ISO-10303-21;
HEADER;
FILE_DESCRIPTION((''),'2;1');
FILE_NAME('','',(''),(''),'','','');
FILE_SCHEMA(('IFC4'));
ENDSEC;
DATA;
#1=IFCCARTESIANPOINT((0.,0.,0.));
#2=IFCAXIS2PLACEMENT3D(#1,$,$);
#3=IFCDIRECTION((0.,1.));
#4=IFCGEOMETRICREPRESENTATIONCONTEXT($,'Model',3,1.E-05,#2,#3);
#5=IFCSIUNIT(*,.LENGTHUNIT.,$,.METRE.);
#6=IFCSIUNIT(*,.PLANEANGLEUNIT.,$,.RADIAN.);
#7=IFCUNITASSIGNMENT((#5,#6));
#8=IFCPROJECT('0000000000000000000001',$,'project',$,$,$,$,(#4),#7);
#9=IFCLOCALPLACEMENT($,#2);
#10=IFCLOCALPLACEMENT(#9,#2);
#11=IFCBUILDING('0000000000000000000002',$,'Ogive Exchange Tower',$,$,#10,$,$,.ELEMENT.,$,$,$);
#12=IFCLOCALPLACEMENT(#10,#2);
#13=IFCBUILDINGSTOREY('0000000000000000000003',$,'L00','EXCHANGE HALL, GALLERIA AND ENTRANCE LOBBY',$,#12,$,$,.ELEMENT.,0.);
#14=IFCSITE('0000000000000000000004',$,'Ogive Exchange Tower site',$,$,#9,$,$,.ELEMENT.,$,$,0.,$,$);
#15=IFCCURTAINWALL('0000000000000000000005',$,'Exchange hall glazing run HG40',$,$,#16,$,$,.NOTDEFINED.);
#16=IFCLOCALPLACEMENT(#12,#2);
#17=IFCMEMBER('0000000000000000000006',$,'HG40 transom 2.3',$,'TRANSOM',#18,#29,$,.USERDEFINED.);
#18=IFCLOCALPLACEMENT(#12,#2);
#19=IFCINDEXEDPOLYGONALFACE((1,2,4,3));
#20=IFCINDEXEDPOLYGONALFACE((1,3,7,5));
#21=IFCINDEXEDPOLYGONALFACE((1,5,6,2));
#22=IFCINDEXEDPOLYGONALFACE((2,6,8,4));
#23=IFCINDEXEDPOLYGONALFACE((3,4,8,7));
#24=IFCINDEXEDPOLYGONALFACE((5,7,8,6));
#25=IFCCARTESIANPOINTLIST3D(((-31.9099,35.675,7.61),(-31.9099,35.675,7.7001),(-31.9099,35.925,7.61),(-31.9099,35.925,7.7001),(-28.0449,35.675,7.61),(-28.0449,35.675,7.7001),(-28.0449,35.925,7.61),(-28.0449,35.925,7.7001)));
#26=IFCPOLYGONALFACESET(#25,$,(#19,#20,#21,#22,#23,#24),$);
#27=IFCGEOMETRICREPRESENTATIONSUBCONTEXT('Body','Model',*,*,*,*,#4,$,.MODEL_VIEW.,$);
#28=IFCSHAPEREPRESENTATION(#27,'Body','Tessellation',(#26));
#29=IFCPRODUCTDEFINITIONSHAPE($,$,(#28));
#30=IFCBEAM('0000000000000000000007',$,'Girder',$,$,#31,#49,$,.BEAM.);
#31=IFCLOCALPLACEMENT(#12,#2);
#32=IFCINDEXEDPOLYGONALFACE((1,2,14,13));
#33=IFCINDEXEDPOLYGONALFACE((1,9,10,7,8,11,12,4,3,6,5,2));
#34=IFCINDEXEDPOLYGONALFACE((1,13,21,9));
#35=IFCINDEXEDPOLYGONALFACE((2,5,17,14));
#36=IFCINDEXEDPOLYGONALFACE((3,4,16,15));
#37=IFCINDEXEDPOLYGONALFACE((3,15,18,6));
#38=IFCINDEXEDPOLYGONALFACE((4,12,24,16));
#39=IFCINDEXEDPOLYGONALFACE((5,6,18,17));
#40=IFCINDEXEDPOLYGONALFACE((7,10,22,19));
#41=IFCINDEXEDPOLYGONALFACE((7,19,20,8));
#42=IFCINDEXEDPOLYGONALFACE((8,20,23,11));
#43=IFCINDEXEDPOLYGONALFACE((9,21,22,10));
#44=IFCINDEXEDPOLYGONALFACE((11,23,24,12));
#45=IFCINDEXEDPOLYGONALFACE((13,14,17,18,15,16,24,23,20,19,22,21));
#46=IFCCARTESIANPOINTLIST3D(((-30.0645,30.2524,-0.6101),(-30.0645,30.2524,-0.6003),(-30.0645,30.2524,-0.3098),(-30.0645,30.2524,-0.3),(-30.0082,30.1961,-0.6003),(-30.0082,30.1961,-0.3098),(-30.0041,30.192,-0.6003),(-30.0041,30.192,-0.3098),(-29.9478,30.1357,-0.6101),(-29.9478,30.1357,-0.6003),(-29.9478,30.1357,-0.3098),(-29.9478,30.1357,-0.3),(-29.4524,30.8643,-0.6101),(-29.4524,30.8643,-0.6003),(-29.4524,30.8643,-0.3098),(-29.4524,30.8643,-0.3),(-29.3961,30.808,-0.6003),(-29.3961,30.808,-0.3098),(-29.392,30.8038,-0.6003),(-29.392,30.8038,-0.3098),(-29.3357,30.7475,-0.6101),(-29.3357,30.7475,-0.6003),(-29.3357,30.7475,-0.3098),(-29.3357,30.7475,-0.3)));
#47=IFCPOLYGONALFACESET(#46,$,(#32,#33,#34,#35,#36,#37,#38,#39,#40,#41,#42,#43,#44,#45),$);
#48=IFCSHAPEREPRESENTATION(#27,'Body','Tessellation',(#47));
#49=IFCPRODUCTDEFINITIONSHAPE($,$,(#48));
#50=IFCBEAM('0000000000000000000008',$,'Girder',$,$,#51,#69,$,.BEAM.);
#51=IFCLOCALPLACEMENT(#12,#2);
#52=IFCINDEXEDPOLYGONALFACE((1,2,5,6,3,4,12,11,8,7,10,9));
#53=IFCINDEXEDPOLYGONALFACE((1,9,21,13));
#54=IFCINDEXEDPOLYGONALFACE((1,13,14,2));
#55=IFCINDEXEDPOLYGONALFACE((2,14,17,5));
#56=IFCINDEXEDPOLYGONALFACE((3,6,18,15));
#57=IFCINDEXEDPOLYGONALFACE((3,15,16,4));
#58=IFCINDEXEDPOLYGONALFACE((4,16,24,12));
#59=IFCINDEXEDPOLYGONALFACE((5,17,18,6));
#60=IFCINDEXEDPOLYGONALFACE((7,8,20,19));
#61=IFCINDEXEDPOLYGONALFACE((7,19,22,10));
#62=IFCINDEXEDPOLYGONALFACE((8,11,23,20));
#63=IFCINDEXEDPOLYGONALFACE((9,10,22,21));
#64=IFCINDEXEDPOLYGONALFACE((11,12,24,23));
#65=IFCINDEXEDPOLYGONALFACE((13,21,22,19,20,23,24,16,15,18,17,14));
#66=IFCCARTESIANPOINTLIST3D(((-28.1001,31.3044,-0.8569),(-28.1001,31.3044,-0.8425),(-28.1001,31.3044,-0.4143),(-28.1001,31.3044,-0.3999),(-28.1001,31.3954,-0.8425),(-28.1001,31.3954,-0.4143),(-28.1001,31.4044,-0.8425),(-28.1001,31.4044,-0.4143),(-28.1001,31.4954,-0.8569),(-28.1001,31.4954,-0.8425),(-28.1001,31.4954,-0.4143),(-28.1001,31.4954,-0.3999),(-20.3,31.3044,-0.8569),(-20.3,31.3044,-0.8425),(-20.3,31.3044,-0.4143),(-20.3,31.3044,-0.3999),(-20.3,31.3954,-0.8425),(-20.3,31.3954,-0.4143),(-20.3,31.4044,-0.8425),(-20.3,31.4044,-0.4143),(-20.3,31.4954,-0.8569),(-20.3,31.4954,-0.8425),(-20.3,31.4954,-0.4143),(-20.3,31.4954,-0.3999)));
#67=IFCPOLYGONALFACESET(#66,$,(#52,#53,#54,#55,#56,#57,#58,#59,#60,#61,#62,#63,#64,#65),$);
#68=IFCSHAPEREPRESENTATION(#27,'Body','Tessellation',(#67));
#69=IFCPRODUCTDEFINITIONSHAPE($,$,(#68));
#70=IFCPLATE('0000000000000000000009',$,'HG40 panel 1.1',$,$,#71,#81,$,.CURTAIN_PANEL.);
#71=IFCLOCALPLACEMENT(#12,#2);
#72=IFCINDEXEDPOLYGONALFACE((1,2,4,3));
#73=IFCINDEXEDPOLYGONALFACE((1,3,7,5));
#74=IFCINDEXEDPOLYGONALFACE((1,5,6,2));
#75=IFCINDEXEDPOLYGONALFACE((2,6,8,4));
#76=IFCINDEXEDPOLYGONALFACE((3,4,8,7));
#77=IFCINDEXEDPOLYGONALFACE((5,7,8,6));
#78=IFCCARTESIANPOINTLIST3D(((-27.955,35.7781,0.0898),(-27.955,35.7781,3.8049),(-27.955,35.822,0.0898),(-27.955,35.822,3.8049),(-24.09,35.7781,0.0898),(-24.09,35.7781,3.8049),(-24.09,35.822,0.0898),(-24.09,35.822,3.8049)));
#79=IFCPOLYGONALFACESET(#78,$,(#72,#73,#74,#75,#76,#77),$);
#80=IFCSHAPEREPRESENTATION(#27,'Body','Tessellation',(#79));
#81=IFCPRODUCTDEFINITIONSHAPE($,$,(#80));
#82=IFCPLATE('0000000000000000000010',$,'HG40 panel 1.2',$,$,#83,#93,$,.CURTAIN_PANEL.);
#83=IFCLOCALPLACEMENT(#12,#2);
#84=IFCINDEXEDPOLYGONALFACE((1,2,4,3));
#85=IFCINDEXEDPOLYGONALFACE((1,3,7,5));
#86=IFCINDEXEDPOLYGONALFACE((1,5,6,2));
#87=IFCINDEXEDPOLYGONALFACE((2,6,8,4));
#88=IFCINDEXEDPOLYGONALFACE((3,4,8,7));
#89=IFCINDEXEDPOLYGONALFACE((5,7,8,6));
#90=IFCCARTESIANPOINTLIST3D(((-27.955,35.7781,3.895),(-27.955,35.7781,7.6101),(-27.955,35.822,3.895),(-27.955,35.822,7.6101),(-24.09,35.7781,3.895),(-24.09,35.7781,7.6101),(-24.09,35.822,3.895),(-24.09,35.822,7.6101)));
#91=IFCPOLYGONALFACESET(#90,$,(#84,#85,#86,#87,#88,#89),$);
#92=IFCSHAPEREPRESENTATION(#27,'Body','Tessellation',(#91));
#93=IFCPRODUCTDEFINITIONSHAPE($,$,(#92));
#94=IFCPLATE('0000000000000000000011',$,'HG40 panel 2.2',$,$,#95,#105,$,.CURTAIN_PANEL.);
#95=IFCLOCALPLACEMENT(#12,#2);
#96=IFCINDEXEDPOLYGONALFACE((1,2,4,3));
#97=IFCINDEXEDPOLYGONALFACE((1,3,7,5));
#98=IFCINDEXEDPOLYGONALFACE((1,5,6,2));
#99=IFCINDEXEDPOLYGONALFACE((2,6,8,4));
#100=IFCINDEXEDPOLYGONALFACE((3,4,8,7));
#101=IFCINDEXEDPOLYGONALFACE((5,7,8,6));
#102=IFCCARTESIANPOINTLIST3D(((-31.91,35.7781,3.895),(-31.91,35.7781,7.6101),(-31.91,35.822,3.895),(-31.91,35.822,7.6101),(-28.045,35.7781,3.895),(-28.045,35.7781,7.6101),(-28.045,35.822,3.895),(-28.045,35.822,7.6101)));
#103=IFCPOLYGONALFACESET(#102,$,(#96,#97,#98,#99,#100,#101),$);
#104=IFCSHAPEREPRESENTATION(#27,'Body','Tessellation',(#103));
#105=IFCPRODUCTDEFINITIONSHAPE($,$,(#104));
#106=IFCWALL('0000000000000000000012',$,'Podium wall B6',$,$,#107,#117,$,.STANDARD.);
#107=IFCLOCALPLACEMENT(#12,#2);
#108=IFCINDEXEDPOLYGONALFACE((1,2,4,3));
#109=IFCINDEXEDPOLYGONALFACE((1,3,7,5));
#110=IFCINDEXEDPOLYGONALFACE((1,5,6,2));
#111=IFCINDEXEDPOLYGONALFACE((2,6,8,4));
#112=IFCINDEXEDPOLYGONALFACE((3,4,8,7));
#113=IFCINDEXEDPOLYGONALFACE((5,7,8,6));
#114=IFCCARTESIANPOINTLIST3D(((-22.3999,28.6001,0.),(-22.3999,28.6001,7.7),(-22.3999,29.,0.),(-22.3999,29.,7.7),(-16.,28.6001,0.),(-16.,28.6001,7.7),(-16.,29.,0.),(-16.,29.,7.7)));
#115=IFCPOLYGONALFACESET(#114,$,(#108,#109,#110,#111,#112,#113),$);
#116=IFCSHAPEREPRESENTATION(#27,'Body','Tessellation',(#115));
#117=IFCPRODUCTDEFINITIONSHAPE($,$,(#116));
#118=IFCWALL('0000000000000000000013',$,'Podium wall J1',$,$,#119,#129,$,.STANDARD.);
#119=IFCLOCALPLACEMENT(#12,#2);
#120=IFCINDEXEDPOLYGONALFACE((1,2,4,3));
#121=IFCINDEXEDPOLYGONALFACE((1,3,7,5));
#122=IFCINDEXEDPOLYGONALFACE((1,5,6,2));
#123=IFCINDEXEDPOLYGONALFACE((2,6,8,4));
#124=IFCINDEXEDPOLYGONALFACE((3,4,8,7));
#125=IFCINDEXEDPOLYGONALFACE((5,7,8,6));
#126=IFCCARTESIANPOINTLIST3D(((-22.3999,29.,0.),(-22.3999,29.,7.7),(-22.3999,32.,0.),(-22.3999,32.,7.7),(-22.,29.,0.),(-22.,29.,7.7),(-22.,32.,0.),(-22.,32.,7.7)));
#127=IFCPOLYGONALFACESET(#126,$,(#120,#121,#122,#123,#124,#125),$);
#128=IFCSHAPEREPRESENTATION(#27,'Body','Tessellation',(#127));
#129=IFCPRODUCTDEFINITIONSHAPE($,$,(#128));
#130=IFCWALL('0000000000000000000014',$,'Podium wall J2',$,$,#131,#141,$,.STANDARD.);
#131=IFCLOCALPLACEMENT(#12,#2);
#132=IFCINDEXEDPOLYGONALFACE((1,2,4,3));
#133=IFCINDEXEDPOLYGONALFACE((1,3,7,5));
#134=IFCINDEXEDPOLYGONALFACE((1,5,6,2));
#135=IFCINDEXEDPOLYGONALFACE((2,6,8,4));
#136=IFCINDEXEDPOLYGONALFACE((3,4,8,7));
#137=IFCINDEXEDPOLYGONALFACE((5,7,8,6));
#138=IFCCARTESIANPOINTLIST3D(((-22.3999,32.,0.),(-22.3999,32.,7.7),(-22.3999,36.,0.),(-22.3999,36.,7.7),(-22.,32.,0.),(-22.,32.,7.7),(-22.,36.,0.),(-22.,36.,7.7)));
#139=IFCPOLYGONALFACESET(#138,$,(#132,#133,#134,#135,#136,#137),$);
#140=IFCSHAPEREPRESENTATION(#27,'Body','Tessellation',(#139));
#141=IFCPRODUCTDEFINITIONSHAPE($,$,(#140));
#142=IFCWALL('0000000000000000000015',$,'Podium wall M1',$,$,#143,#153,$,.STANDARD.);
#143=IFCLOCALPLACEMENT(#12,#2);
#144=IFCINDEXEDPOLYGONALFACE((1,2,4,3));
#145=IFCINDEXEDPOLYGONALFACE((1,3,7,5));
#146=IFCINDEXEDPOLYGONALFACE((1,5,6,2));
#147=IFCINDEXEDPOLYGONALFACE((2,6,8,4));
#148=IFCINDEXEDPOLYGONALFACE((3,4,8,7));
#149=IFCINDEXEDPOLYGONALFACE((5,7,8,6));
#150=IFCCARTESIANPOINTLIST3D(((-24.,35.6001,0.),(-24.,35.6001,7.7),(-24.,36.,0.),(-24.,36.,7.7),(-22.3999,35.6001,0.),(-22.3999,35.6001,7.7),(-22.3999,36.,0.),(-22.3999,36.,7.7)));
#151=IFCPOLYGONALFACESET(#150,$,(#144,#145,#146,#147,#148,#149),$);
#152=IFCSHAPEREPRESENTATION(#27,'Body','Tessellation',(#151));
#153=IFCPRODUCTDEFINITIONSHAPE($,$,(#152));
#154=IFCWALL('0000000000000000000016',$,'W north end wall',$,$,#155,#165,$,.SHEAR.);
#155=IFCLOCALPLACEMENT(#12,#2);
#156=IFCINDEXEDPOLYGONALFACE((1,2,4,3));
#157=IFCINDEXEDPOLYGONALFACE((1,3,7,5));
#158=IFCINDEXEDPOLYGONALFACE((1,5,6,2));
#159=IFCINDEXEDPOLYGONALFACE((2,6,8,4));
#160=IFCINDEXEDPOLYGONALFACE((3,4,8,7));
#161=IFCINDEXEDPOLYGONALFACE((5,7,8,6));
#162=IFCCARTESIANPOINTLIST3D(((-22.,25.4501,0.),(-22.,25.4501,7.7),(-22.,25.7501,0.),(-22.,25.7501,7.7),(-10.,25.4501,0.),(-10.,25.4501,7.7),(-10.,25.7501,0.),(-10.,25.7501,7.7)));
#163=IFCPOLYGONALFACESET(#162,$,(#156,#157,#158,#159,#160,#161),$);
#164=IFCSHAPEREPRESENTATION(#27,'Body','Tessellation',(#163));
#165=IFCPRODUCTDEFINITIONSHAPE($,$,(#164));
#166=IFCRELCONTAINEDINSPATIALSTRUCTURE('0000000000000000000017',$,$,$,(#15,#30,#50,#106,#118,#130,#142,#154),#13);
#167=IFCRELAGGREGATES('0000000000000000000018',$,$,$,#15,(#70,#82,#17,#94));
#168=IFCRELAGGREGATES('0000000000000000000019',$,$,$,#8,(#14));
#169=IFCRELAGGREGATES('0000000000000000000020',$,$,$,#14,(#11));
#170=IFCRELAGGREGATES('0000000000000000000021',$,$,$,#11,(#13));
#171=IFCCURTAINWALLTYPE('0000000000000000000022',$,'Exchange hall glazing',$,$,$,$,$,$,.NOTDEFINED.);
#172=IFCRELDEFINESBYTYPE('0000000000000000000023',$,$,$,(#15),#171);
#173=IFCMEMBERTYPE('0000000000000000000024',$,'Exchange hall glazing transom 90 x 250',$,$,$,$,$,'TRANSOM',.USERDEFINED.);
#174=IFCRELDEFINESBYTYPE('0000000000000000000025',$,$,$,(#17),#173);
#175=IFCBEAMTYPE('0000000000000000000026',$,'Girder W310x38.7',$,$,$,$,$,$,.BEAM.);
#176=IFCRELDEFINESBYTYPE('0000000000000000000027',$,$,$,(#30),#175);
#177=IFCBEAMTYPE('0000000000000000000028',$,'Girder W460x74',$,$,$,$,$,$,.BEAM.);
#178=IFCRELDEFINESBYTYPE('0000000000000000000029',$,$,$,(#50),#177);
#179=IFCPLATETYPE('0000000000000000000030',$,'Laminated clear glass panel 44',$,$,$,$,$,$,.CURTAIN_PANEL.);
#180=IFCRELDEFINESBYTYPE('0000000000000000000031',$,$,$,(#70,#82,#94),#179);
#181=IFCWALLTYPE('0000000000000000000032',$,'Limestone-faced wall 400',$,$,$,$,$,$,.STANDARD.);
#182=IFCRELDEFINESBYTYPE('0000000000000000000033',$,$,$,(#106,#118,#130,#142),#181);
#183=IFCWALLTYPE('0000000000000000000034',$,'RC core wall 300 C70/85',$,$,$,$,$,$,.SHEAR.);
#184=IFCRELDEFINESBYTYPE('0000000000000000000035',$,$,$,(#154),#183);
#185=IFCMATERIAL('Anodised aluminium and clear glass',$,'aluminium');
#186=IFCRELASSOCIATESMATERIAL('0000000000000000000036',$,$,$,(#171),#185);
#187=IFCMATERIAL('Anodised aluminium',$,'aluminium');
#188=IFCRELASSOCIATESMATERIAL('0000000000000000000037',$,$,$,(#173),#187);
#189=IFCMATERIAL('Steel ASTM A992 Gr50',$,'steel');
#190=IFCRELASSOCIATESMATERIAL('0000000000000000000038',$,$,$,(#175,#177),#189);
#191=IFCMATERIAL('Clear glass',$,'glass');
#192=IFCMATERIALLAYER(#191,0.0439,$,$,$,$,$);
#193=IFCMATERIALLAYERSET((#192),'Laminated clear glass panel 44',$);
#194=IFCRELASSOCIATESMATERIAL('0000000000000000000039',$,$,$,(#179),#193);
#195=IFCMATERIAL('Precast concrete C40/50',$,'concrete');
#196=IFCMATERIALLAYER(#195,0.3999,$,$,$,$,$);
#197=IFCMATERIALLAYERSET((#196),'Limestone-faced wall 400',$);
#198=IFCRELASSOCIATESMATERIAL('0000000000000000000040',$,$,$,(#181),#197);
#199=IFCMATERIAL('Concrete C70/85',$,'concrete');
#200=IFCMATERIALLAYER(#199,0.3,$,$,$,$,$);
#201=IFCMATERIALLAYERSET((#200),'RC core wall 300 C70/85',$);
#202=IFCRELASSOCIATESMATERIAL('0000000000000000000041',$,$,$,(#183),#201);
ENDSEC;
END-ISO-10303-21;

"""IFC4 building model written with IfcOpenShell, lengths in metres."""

from ifc_helpers import new_model, si_unit, direction, frame, frame_2d, origin, origin_2d, place, context, subcontext, project, spatial, rectangle, i_section, extrude, material, layer, layer_set, material_profile, profile_set, type_object, element, aggregate, save


model = new_model("IFC4")

# Units and contexts
model_context = context("Model", 3, precision=1e-05, world=origin(), true_north=direction((0.0, 1.0)))
body_context = subcontext(model_context, "Body", "Model", "MODEL_VIEW")
ifc_project = project(units=[si_unit("LENGTHUNIT", "METRE"), si_unit("PLANEANGLEUNIT", "RADIAN")], contexts=[model_context])

# Site, building, storey
site_placement = place(None, origin())
site = spatial("IfcSite", under=ifc_project, at=site_placement, Name="Ogive Exchange Tower site", CompositionType="ELEMENT", RefElevation=0.0)
building_placement = place(site_placement, origin())
building = spatial("IfcBuilding", under=site, at=building_placement, Name="Ogive Exchange Tower", CompositionType="ELEMENT")
storey_placement = place(building_placement, origin())
storey = spatial("IfcBuildingStorey", under=building, at=storey_placement, Name="L00", Description="EXCHANGE HALL, GALLERIA AND ENTRANCE LOBBY", CompositionType="ELEMENT", Elevation=0.0)

# Shared definitions
ifc_material_1 = material(Name="Concrete C70/85", Category="concrete")

# Shared definitions
ifc_material_2 = material(Name="Anodised aluminium and clear glass", Category="aluminium")
curtain_wall_type = type_object("IfcCurtainWallType", Name="Exchange hall glazing", PredefinedType="NOTDEFINED", material=ifc_material_2)
ifc_material_3 = material(Name="Anodised aluminium", Category="aluminium")

# Curtain wall, member
curtain_wall_1_placement = place(storey_placement, origin())
curtain_wall_1 = element("IfcCurtainWall", 1, at=curtain_wall_1_placement, inside=storey, type_object=curtain_wall_type, Name="Exchange hall glazing run HG40", PredefinedType="NOTDEFINED")
ifc_material_profile_1 = material_profile(ifc_material_3, rectangle(XDim=0.25, YDim=0.0901, at=origin_2d()), Name="AL 90x250")
ifc_profile_set_1 = profile_set([ifc_material_profile_1], Name="Anodised aluminium")
member_type_1 = type_object("IfcMemberType", Name="Exchange hall glazing transom 90 x 250", ElementType="TRANSOM", PredefinedType="USERDEFINED", material=ifc_profile_set_1)
member_1_placement = place(storey_placement, frame((-28.0449, 35.8, 7.655), z_axis=(-1.0, 0.0, 0.0), x_axis=(0.0, -1.0, 0.0)))
member_1 = element("IfcMember", 2, at=member_1_placement, type_object=member_type_1, Name="HG40 transom 2.3", ObjectType="TRANSOM", PredefinedType="USERDEFINED", context=body_context, shape_type="SweptSolid", body=[
    extrude(rectangle(XDim=0.25, YDim=0.0901, at=origin_2d()), origin(), (0.0, 0.0, 1.0), 3.865),
])

# Beams
ifc_material_4 = material(Name="Steel ASTM A992 Gr50", Category="steel")
ifc_material_profile_2 = material_profile(ifc_material_4, i_section(OverallWidth=0.165, OverallDepth=0.3101, WebThickness=0.0059, FlangeThickness=0.0098, at=origin_2d()), Name="W310x38.7")
ifc_profile_set_2 = profile_set([ifc_material_profile_2], Name="Steel ASTM A992 Gr50")
beam_type_1 = type_object("IfcBeamType", Name="Girder W310x38.7", PredefinedType="BEAM", material=ifc_profile_set_2)
beam_1_placement = place(storey_placement, frame((-29.394, 30.8059, -0.4551), z_axis=(-0.707248, -0.706966, 0.0), x_axis=(0.706966, -0.707248, 0.0)))
element("IfcBeam", 3, at=beam_1_placement, inside=storey, type_object=beam_type_1, Name="Girder", PredefinedType="BEAM", context=body_context, shape_type="SweptSolid", body=[
    extrude(i_section(OverallWidth=0.165, OverallDepth=0.3101, WebThickness=0.0059, FlangeThickness=0.0098, at=origin_2d()), origin(), (0.0, 0.0, 1.0), 0.8655),
])
ifc_material_profile_3 = material_profile(ifc_material_4, i_section(OverallWidth=0.1909, OverallDepth=0.457, WebThickness=0.009, FlangeThickness=0.0144, at=origin_2d()), Name="W460x74")
ifc_profile_set_3 = profile_set([ifc_material_profile_3], Name="Steel ASTM A992 Gr50")
beam_type_2 = type_object("IfcBeamType", Name="Girder W460x74", PredefinedType="BEAM", material=ifc_profile_set_3)
beam_2_placement = place(storey_placement, frame((-20.3, 31.3999, -0.6284), z_axis=(-1.0, 0.0, 0.0), x_axis=(0.0, -1.0, 0.0)))
element("IfcBeam", 4, at=beam_2_placement, inside=storey, type_object=beam_type_2, Name="Girder", PredefinedType="BEAM", context=body_context, shape_type="SweptSolid", body=[
    extrude(i_section(OverallWidth=0.1909, OverallDepth=0.457, WebThickness=0.009, FlangeThickness=0.0144, at=origin_2d()), origin(), (0.0, 0.0, 1.0), 7.8),
])

# Plates
ifc_material_5 = material(Name="Clear glass", Category="glass")
ifc_layer_1 = layer(ifc_material_5, 0.0439)
ifc_layer_set_1 = layer_set([ifc_layer_1], Name="Laminated clear glass panel 44")
plate_type = type_object("IfcPlateType", Name="Laminated clear glass panel 44", PredefinedType="CURTAIN_PANEL", material=ifc_layer_set_1)
plate_1_placement = place(storey_placement, frame((-26.0225, 35.8, 0.0898), z_axis=(0.0, 0.0, 1.0), x_axis=(-1.0, 0.0, 0.0)))
plate_1 = element("IfcPlate", 5, at=plate_1_placement, type_object=plate_type, Name="HG40 panel 1.1", PredefinedType="CURTAIN_PANEL", context=body_context, shape_type="SweptSolid", body=[
    extrude(rectangle(XDim=3.865, YDim=0.0439, at=origin_2d()), origin(), (0.0, 0.0, 1.0), 3.7151),
])
plate_2_placement = place(storey_placement, frame((-26.0225, 35.8, 3.895), z_axis=(0.0, 0.0, 1.0), x_axis=(-1.0, 0.0, 0.0)))
plate_2 = element("IfcPlate", 6, at=plate_2_placement, type_object=plate_type, Name="HG40 panel 1.2", PredefinedType="CURTAIN_PANEL", context=body_context, shape_type="SweptSolid", body=[
    extrude(rectangle(XDim=3.865, YDim=0.0439, at=origin_2d()), origin(), (0.0, 0.0, 1.0), 3.7151),
])
plate_3_placement = place(storey_placement, frame((-29.9775, 35.8, 3.895), z_axis=(0.0, 0.0, 1.0), x_axis=(-1.0, 0.0, 0.0)))
plate_3 = element("IfcPlate", 7, at=plate_3_placement, type_object=plate_type, Name="HG40 panel 2.2", PredefinedType="CURTAIN_PANEL", context=body_context, shape_type="SweptSolid", body=[
    extrude(rectangle(XDim=3.865, YDim=0.0439, at=origin_2d()), origin(), (0.0, 0.0, 1.0), 3.7151),
])
aggregate(curtain_wall_1, [plate_1, plate_2, member_1, plate_3])

# Walls
ifc_material_6 = material(Name="Precast concrete C40/50", Category="concrete")
ifc_layer_2 = layer(ifc_material_6, 0.3999)
ifc_layer_set_2 = layer_set([ifc_layer_2], Name="Limestone-faced wall 400")
wall_type_1 = type_object("IfcWallType", Name="Limestone-faced wall 400", PredefinedType="STANDARD", material=ifc_layer_set_2)
wall_1_placement = place(storey_placement, frame((-16.0, 28.8, 0.0), z_axis=(0.0, 0.0, 1.0), x_axis=(-1.0, 0.0, 0.0)))
element("IfcWall", 8, at=wall_1_placement, inside=storey, type_object=wall_type_1, Name="Podium wall B6", PredefinedType="STANDARD", context=body_context, shape_type="SweptSolid", body=[
    extrude(rectangle(XDim=6.3999, YDim=0.3999, at=frame_2d((3.2, 0.0))), origin(), (0.0, 0.0, 1.0), 7.7),
])
wall_2_placement = place(storey_placement, frame((-22.2, 29.0, 0.0), z_axis=(0.0, 0.0, 1.0), x_axis=(0.0, 1.0, 0.0)))
element("IfcWall", 9, at=wall_2_placement, inside=storey, type_object=wall_type_1, Name="Podium wall J1", PredefinedType="STANDARD", context=body_context, shape_type="SweptSolid", body=[
    extrude(rectangle(XDim=3.0, YDim=0.3999, at=frame_2d((1.5, 0.0))), origin(), (0.0, 0.0, 1.0), 7.7),
])
wall_3_placement = place(storey_placement, frame((-22.2, 32.0, 0.0), z_axis=(0.0, 0.0, 1.0), x_axis=(0.0, 1.0, 0.0)))
element("IfcWall", 10, at=wall_3_placement, inside=storey, type_object=wall_type_1, Name="Podium wall J2", PredefinedType="STANDARD", context=body_context, shape_type="SweptSolid", body=[
    extrude(rectangle(XDim=4.0, YDim=0.3999, at=frame_2d((2.0, 0.0))), origin(), (0.0, 0.0, 1.0), 7.7),
])
wall_4_placement = place(storey_placement, frame((-22.3999, 35.8, 0.0), z_axis=(0.0, 0.0, 1.0), x_axis=(-1.0, 0.0, 0.0)))
element("IfcWall", 11, at=wall_4_placement, inside=storey, type_object=wall_type_1, Name="Podium wall M1", PredefinedType="STANDARD", context=body_context, shape_type="SweptSolid", body=[
    extrude(rectangle(XDim=1.6001, YDim=0.3999, at=frame_2d((0.8, 0.0))), origin(), (0.0, 0.0, 1.0), 7.7),
])
ifc_layer_3 = layer(ifc_material_1, 0.3)
ifc_layer_set_3 = layer_set([ifc_layer_3], Name="RC core wall 300 C70/85")
wall_type_2 = type_object("IfcWallType", Name="RC core wall 300 C70/85", PredefinedType="SHEAR", material=ifc_layer_set_3)
wall_5_placement = place(storey_placement, frame((-22.0, 25.6001, 0.0), z_axis=(0.0, 0.0, 1.0), x_axis=(1.0, 0.0, 0.0)))
element("IfcWall", 12, at=wall_5_placement, inside=storey, type_object=wall_type_2, Name="W north end wall", PredefinedType="SHEAR", context=body_context, shape_type="SweptSolid", body=[
    extrude(rectangle(XDim=12.0, YDim=0.3, at=frame_2d((6.0, 0.0))), origin(), (0.0, 0.0, 1.0), 7.7),
])

save(model, "model.ifc")
